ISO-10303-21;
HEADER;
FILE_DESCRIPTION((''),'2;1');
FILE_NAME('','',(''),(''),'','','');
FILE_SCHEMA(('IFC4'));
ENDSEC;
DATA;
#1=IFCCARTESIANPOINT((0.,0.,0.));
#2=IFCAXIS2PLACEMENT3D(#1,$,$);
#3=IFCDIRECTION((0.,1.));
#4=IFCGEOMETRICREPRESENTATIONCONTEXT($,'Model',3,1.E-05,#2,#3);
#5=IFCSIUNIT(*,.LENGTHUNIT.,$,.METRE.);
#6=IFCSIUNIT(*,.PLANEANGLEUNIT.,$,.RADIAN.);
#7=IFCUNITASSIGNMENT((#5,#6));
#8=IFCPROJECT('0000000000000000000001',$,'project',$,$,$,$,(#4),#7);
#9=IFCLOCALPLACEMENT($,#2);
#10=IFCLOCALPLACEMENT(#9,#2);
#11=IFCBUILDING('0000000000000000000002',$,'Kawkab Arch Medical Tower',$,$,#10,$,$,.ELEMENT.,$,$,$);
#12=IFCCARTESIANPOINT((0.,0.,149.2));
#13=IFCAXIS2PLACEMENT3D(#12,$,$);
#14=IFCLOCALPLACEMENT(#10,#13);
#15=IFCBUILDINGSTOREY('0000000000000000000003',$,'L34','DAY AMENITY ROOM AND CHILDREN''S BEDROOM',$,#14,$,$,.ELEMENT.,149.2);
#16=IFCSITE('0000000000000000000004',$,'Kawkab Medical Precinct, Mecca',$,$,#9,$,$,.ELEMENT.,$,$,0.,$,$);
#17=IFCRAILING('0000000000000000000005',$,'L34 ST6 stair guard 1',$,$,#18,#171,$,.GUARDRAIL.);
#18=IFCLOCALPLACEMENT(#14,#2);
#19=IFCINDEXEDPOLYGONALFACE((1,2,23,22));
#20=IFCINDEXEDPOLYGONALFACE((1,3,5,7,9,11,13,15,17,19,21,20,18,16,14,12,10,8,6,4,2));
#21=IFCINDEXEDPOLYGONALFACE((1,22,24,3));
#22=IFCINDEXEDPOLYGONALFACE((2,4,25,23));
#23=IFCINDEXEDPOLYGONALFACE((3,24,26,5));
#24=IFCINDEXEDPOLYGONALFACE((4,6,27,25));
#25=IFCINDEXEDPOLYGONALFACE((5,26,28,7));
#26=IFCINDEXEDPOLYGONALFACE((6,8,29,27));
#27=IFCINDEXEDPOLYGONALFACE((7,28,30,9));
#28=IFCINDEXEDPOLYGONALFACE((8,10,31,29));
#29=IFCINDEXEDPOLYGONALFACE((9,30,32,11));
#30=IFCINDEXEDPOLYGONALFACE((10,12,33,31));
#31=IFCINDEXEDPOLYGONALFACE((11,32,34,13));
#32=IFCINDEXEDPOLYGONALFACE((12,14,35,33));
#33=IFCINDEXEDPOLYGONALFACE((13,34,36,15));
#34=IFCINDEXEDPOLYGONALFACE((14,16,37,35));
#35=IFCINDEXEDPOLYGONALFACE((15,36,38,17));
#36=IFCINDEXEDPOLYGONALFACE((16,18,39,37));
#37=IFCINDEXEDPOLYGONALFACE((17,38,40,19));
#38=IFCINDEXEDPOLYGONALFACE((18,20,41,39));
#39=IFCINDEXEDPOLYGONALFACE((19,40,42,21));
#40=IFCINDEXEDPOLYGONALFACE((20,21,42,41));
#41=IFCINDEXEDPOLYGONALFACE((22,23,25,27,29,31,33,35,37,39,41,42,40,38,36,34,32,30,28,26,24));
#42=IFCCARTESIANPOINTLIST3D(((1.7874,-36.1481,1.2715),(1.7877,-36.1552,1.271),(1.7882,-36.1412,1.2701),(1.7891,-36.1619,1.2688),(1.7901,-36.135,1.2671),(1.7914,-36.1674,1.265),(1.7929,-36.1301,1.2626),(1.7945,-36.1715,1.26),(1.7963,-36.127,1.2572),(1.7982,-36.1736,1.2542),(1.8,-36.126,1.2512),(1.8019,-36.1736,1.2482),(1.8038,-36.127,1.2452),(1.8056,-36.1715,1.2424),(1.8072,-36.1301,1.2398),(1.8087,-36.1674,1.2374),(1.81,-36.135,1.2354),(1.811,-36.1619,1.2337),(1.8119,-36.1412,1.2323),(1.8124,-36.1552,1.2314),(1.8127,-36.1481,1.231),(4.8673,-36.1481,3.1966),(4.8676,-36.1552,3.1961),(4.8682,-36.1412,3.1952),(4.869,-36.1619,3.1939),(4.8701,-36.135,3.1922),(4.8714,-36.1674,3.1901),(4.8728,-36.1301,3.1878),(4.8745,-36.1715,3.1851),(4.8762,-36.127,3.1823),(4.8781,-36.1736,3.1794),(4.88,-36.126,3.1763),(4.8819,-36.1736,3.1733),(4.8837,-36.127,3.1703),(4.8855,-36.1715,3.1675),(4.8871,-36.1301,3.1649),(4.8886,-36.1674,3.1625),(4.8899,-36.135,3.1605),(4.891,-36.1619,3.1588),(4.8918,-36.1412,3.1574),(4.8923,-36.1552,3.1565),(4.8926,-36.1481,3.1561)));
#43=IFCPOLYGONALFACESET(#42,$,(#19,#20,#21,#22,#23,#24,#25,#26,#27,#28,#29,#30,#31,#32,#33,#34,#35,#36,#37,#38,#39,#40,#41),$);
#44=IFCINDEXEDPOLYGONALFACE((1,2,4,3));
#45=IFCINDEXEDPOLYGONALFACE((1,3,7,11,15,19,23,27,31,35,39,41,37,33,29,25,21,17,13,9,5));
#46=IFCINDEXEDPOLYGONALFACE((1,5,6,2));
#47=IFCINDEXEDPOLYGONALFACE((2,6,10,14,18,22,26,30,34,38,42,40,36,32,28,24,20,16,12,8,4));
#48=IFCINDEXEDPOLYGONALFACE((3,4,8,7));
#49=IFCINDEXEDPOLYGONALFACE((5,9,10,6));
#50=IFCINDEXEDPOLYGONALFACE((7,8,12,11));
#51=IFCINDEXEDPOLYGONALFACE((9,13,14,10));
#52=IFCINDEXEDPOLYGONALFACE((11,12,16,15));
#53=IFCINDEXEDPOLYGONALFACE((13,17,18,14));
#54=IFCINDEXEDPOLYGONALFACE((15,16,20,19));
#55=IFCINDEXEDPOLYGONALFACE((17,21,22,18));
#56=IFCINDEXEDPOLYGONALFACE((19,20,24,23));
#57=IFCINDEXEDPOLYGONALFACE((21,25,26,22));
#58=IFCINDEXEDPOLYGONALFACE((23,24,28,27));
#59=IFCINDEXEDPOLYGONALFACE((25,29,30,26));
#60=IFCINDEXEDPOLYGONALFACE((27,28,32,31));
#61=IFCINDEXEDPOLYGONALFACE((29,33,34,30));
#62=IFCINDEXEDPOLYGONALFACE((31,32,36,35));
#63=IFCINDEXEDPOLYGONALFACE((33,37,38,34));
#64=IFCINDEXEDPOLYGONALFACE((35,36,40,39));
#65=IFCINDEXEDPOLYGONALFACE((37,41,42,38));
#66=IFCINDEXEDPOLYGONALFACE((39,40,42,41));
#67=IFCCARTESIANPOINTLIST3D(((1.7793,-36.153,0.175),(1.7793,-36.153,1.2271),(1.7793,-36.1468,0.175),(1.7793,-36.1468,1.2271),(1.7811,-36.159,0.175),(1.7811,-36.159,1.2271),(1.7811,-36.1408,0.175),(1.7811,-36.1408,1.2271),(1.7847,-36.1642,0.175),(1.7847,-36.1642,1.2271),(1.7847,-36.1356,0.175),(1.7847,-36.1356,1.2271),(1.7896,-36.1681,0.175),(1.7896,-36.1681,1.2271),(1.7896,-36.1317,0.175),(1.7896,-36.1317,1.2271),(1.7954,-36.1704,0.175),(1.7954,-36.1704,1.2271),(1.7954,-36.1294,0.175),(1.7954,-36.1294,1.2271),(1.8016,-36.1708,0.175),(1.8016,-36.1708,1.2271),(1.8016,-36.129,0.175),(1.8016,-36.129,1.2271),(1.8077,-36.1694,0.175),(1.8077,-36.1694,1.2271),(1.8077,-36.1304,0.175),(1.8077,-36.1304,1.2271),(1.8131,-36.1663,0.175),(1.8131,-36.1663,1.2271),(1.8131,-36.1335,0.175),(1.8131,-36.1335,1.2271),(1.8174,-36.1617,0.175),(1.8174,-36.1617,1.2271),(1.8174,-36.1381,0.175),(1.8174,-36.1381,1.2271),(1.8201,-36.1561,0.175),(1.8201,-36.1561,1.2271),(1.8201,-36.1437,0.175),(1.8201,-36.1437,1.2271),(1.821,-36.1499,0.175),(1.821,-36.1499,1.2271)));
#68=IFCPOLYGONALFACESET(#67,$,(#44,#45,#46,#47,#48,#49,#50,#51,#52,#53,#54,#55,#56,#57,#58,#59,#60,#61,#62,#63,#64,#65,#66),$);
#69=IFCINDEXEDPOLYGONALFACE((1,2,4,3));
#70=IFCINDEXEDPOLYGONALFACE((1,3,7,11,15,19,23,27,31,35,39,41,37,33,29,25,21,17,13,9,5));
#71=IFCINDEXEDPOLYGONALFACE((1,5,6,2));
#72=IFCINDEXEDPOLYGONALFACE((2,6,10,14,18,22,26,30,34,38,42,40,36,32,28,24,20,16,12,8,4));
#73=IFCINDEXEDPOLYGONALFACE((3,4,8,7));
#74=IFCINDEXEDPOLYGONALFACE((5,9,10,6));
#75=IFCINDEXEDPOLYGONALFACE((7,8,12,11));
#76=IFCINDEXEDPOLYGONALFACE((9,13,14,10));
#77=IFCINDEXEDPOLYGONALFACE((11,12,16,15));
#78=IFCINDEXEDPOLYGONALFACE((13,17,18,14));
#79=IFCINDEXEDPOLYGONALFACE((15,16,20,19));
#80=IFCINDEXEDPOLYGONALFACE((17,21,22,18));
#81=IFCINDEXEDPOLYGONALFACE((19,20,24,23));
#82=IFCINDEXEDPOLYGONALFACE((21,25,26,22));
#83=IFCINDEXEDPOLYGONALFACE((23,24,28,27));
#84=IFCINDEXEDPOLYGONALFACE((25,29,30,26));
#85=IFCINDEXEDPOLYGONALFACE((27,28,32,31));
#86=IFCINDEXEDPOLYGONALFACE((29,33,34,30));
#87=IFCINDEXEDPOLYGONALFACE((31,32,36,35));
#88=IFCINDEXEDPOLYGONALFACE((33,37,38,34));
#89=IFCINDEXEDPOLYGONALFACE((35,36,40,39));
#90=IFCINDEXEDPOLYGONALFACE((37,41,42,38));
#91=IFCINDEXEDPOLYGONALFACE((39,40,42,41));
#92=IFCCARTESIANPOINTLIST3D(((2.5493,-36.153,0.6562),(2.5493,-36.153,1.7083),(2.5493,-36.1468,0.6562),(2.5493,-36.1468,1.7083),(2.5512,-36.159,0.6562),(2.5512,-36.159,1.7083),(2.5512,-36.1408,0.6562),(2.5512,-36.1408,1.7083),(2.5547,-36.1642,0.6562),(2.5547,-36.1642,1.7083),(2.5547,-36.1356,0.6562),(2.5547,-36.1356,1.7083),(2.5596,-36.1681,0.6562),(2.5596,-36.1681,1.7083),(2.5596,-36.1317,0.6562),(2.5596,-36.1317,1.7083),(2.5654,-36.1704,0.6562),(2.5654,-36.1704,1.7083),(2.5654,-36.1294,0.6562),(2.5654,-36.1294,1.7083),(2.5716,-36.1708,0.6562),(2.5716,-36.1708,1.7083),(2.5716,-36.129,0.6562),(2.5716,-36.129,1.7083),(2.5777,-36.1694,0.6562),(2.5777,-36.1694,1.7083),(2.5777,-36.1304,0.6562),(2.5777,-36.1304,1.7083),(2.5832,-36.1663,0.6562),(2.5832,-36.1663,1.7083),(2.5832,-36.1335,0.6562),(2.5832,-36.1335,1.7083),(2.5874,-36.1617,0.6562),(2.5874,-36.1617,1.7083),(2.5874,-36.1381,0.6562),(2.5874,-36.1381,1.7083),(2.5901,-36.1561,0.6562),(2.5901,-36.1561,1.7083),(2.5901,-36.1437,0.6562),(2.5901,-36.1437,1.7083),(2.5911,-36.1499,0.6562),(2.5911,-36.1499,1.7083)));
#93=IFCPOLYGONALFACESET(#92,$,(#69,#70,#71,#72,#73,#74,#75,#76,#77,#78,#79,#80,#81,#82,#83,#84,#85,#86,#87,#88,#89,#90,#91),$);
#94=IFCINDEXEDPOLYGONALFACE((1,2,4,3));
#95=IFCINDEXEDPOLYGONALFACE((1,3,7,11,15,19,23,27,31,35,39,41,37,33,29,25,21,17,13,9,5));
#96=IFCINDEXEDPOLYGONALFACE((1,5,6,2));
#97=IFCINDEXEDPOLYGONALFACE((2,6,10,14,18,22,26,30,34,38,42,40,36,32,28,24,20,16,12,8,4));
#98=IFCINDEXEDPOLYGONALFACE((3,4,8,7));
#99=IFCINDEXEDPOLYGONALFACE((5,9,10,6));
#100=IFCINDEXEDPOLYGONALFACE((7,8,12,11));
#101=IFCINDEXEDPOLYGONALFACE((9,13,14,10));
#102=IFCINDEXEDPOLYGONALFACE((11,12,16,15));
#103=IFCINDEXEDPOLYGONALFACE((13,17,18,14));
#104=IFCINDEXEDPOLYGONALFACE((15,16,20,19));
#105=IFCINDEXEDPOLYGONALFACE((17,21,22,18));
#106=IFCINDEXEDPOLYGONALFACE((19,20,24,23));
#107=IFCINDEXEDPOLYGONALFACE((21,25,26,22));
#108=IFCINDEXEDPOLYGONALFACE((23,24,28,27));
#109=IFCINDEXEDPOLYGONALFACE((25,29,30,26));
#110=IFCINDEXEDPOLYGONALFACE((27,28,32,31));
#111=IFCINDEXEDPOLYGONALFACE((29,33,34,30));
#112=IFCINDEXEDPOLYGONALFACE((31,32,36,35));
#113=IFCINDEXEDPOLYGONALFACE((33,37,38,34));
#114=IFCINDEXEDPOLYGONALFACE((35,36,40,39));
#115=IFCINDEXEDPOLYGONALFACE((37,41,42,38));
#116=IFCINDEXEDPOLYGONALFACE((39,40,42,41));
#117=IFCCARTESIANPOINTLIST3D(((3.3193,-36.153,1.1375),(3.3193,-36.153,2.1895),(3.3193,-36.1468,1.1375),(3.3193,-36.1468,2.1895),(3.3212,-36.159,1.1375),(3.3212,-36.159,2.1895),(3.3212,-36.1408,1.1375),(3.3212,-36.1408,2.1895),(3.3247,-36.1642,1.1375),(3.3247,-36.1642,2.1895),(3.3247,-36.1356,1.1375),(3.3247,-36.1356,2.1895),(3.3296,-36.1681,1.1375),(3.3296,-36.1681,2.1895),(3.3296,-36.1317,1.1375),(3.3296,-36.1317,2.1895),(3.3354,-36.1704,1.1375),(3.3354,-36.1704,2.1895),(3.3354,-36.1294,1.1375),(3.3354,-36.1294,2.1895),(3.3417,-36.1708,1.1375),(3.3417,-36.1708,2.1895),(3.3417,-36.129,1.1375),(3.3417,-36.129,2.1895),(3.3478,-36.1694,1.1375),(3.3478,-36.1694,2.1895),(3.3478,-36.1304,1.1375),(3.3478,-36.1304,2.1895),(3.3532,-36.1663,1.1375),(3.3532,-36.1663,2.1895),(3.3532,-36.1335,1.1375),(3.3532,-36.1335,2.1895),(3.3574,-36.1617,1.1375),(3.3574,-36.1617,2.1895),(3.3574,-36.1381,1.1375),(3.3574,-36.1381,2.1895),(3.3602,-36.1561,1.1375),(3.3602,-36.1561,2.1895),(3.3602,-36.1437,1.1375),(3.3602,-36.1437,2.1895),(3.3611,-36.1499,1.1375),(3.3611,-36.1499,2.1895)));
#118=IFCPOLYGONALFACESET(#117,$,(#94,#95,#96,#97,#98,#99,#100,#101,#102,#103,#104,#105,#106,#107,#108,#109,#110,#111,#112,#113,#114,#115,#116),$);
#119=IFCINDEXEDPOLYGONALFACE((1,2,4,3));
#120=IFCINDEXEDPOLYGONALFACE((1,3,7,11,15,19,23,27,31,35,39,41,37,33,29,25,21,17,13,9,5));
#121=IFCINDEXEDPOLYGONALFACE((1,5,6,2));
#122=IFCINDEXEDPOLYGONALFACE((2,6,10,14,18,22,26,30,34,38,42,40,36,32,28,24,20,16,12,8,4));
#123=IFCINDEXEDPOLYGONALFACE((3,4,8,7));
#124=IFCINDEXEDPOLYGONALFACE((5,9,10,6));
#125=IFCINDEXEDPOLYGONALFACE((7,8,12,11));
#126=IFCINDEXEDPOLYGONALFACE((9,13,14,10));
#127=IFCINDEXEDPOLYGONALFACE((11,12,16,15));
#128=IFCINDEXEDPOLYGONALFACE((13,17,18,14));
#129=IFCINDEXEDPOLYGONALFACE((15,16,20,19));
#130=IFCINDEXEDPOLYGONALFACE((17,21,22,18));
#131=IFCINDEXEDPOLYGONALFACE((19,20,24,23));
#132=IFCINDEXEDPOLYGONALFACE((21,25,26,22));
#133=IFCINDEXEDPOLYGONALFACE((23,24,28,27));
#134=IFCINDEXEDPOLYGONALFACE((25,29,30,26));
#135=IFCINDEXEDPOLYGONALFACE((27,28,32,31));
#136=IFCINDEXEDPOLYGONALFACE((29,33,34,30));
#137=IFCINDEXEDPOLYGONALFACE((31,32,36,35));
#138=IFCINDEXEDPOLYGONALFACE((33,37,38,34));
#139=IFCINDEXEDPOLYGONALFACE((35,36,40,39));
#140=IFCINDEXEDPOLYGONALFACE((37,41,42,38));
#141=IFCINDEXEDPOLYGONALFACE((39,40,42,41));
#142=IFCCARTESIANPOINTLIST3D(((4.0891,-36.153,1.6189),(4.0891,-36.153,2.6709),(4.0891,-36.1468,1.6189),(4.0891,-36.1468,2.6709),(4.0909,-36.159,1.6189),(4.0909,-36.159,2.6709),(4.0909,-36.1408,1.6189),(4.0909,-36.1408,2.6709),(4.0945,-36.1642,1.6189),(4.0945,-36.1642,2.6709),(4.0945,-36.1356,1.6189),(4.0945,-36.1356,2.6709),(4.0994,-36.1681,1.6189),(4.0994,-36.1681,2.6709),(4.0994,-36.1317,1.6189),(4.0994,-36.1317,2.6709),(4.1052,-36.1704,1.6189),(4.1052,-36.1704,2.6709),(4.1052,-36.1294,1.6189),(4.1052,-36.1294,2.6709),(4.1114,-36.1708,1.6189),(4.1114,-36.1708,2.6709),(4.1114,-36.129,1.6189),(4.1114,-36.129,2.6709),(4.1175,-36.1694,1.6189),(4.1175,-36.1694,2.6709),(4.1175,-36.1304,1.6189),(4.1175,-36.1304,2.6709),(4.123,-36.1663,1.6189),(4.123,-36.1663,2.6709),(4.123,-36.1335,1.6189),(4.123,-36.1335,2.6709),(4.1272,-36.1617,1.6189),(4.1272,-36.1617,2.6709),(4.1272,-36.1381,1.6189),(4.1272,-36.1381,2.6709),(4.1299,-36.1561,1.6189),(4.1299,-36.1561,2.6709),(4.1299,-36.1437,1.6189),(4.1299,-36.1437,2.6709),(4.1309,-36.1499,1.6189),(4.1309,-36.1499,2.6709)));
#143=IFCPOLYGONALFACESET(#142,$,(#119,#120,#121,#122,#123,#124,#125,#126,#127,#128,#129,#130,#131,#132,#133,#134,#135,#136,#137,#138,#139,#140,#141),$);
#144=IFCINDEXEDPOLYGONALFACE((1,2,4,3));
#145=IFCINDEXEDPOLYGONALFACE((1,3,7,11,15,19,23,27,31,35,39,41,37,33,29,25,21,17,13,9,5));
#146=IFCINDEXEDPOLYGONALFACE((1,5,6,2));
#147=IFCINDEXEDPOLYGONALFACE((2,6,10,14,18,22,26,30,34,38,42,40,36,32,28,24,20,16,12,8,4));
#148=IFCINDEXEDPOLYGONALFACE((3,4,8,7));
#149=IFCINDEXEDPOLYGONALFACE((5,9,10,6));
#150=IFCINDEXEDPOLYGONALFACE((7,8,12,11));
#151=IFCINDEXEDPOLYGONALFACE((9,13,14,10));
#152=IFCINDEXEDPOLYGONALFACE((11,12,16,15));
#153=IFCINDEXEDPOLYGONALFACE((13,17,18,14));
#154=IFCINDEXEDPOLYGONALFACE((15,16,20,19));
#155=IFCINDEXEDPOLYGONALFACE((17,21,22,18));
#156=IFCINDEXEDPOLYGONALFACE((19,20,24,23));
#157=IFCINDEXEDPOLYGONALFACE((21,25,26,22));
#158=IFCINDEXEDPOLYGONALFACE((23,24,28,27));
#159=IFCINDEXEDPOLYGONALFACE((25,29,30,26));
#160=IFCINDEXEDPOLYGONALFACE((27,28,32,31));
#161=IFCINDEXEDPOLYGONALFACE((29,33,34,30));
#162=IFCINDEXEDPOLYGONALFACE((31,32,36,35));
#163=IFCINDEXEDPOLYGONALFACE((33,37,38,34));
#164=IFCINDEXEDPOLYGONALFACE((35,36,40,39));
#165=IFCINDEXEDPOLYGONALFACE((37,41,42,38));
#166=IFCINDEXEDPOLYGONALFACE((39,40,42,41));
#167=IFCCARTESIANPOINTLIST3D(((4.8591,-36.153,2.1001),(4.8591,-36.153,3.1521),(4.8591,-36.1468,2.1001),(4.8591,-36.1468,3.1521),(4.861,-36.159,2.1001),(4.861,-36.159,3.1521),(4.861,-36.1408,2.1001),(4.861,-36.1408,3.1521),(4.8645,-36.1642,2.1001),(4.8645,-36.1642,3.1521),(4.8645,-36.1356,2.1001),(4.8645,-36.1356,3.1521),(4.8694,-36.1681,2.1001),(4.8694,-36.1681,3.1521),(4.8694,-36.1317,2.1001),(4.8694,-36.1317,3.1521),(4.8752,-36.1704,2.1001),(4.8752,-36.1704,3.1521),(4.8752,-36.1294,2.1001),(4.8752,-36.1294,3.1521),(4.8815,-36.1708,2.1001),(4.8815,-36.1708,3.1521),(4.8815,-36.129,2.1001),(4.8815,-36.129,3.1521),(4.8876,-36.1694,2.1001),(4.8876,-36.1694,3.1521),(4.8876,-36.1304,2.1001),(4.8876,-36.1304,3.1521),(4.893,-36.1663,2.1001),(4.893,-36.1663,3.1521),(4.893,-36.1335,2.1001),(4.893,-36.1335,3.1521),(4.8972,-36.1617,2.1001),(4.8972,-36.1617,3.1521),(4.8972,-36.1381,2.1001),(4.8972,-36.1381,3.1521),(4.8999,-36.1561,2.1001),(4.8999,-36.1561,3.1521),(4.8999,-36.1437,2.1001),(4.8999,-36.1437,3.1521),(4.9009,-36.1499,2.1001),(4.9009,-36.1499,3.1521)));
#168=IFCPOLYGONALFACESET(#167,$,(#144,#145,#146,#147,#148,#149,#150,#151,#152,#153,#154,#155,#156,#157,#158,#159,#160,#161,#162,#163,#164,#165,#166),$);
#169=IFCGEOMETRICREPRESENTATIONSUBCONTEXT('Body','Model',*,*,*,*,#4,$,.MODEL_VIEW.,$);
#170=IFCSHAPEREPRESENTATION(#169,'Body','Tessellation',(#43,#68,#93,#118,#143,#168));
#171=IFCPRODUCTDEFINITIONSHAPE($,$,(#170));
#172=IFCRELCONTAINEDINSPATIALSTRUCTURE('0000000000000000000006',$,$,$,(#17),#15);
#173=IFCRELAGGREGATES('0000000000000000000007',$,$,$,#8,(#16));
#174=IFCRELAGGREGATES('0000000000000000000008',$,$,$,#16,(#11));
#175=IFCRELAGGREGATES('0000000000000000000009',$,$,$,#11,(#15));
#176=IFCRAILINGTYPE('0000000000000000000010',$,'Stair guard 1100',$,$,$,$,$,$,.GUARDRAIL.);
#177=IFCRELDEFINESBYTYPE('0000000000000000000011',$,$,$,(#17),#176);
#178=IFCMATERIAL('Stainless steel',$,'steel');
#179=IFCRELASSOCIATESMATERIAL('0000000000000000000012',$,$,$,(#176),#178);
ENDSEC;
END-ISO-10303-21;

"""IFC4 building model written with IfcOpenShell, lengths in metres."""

from ifc_helpers import new_model, si_unit, direction, frame, origin, origin_2d, place, context, subcontext, project, spatial, circle, extrude, material, type_object, element, save


model = new_model("IFC4")

# Units and contexts
model_context = context("Model", 3, precision=1e-05, world=origin(), true_north=direction((0.0, 1.0)))
body_context = subcontext(model_context, "Body", "Model", "MODEL_VIEW")
ifc_project = project(units=[si_unit("LENGTHUNIT", "METRE"), si_unit("PLANEANGLEUNIT", "RADIAN")], contexts=[model_context])

# Site, building, storey
site_placement = place(None, origin())
site = spatial("IfcSite", under=ifc_project, at=site_placement, Name="Kawkab Medical Precinct, Mecca", CompositionType="ELEMENT", RefElevation=0.0)
building_placement = place(site_placement, origin())
building = spatial("IfcBuilding", under=site, at=building_placement, Name="Kawkab Arch Medical Tower", CompositionType="ELEMENT")
storey_placement = place(building_placement, frame((0.0, 0.0, 149.2)))
storey = spatial("IfcBuildingStorey", under=building, at=storey_placement, Name="L34", Description="DAY AMENITY ROOM AND CHILDREN'S BEDROOM", CompositionType="ELEMENT", Elevation=149.2)

# Railing
ifc_material_1 = material(Name="Stainless steel", Category="steel")
railing_type = type_object("IfcRailingType", Name="Stair guard 1100", PredefinedType="GUARDRAIL", material=ifc_material_1)
railing_1_placement = place(storey_placement, frame((1.8, -36.1499, 0.175)))
element("IfcRailing", 1, at=railing_1_placement, inside=storey, type_object=railing_type, Name="L34 ST6 stair guard 1", PredefinedType="GUARDRAIL", context=body_context, shape_type="SweptSolid", body=[
    extrude(circle(Radius=0.0239, at=origin_2d()), frame((0.0, 0.0, 1.0762), z_axis=(0.847979, 0.0, 0.530029), x_axis=(0.0, 1.0, 0.0)), (0.0, 0.0, 1.0), 3.6321),
    extrude(circle(Radius=0.021, at=origin_2d()), origin(), (0.0, 0.0, 1.0), 1.052),
    extrude(circle(Radius=0.021, at=origin_2d()), frame((0.77, 0.0, 0.4812)), (0.0, 0.0, 1.0), 1.052),
    extrude(circle(Radius=0.021, at=origin_2d()), frame((1.54, 0.0, 0.9624)), (0.0, 0.0, 1.0), 1.052),
    extrude(circle(Radius=0.021, at=origin_2d()), frame((2.3098, 0.0, 1.4438)), (0.0, 0.0, 1.0), 1.052),
    extrude(circle(Radius=0.021, at=origin_2d()), frame((3.0798, 0.0, 1.925)), (0.0, 0.0, 1.0), 1.052),
])

save(model, "model.ifc")
